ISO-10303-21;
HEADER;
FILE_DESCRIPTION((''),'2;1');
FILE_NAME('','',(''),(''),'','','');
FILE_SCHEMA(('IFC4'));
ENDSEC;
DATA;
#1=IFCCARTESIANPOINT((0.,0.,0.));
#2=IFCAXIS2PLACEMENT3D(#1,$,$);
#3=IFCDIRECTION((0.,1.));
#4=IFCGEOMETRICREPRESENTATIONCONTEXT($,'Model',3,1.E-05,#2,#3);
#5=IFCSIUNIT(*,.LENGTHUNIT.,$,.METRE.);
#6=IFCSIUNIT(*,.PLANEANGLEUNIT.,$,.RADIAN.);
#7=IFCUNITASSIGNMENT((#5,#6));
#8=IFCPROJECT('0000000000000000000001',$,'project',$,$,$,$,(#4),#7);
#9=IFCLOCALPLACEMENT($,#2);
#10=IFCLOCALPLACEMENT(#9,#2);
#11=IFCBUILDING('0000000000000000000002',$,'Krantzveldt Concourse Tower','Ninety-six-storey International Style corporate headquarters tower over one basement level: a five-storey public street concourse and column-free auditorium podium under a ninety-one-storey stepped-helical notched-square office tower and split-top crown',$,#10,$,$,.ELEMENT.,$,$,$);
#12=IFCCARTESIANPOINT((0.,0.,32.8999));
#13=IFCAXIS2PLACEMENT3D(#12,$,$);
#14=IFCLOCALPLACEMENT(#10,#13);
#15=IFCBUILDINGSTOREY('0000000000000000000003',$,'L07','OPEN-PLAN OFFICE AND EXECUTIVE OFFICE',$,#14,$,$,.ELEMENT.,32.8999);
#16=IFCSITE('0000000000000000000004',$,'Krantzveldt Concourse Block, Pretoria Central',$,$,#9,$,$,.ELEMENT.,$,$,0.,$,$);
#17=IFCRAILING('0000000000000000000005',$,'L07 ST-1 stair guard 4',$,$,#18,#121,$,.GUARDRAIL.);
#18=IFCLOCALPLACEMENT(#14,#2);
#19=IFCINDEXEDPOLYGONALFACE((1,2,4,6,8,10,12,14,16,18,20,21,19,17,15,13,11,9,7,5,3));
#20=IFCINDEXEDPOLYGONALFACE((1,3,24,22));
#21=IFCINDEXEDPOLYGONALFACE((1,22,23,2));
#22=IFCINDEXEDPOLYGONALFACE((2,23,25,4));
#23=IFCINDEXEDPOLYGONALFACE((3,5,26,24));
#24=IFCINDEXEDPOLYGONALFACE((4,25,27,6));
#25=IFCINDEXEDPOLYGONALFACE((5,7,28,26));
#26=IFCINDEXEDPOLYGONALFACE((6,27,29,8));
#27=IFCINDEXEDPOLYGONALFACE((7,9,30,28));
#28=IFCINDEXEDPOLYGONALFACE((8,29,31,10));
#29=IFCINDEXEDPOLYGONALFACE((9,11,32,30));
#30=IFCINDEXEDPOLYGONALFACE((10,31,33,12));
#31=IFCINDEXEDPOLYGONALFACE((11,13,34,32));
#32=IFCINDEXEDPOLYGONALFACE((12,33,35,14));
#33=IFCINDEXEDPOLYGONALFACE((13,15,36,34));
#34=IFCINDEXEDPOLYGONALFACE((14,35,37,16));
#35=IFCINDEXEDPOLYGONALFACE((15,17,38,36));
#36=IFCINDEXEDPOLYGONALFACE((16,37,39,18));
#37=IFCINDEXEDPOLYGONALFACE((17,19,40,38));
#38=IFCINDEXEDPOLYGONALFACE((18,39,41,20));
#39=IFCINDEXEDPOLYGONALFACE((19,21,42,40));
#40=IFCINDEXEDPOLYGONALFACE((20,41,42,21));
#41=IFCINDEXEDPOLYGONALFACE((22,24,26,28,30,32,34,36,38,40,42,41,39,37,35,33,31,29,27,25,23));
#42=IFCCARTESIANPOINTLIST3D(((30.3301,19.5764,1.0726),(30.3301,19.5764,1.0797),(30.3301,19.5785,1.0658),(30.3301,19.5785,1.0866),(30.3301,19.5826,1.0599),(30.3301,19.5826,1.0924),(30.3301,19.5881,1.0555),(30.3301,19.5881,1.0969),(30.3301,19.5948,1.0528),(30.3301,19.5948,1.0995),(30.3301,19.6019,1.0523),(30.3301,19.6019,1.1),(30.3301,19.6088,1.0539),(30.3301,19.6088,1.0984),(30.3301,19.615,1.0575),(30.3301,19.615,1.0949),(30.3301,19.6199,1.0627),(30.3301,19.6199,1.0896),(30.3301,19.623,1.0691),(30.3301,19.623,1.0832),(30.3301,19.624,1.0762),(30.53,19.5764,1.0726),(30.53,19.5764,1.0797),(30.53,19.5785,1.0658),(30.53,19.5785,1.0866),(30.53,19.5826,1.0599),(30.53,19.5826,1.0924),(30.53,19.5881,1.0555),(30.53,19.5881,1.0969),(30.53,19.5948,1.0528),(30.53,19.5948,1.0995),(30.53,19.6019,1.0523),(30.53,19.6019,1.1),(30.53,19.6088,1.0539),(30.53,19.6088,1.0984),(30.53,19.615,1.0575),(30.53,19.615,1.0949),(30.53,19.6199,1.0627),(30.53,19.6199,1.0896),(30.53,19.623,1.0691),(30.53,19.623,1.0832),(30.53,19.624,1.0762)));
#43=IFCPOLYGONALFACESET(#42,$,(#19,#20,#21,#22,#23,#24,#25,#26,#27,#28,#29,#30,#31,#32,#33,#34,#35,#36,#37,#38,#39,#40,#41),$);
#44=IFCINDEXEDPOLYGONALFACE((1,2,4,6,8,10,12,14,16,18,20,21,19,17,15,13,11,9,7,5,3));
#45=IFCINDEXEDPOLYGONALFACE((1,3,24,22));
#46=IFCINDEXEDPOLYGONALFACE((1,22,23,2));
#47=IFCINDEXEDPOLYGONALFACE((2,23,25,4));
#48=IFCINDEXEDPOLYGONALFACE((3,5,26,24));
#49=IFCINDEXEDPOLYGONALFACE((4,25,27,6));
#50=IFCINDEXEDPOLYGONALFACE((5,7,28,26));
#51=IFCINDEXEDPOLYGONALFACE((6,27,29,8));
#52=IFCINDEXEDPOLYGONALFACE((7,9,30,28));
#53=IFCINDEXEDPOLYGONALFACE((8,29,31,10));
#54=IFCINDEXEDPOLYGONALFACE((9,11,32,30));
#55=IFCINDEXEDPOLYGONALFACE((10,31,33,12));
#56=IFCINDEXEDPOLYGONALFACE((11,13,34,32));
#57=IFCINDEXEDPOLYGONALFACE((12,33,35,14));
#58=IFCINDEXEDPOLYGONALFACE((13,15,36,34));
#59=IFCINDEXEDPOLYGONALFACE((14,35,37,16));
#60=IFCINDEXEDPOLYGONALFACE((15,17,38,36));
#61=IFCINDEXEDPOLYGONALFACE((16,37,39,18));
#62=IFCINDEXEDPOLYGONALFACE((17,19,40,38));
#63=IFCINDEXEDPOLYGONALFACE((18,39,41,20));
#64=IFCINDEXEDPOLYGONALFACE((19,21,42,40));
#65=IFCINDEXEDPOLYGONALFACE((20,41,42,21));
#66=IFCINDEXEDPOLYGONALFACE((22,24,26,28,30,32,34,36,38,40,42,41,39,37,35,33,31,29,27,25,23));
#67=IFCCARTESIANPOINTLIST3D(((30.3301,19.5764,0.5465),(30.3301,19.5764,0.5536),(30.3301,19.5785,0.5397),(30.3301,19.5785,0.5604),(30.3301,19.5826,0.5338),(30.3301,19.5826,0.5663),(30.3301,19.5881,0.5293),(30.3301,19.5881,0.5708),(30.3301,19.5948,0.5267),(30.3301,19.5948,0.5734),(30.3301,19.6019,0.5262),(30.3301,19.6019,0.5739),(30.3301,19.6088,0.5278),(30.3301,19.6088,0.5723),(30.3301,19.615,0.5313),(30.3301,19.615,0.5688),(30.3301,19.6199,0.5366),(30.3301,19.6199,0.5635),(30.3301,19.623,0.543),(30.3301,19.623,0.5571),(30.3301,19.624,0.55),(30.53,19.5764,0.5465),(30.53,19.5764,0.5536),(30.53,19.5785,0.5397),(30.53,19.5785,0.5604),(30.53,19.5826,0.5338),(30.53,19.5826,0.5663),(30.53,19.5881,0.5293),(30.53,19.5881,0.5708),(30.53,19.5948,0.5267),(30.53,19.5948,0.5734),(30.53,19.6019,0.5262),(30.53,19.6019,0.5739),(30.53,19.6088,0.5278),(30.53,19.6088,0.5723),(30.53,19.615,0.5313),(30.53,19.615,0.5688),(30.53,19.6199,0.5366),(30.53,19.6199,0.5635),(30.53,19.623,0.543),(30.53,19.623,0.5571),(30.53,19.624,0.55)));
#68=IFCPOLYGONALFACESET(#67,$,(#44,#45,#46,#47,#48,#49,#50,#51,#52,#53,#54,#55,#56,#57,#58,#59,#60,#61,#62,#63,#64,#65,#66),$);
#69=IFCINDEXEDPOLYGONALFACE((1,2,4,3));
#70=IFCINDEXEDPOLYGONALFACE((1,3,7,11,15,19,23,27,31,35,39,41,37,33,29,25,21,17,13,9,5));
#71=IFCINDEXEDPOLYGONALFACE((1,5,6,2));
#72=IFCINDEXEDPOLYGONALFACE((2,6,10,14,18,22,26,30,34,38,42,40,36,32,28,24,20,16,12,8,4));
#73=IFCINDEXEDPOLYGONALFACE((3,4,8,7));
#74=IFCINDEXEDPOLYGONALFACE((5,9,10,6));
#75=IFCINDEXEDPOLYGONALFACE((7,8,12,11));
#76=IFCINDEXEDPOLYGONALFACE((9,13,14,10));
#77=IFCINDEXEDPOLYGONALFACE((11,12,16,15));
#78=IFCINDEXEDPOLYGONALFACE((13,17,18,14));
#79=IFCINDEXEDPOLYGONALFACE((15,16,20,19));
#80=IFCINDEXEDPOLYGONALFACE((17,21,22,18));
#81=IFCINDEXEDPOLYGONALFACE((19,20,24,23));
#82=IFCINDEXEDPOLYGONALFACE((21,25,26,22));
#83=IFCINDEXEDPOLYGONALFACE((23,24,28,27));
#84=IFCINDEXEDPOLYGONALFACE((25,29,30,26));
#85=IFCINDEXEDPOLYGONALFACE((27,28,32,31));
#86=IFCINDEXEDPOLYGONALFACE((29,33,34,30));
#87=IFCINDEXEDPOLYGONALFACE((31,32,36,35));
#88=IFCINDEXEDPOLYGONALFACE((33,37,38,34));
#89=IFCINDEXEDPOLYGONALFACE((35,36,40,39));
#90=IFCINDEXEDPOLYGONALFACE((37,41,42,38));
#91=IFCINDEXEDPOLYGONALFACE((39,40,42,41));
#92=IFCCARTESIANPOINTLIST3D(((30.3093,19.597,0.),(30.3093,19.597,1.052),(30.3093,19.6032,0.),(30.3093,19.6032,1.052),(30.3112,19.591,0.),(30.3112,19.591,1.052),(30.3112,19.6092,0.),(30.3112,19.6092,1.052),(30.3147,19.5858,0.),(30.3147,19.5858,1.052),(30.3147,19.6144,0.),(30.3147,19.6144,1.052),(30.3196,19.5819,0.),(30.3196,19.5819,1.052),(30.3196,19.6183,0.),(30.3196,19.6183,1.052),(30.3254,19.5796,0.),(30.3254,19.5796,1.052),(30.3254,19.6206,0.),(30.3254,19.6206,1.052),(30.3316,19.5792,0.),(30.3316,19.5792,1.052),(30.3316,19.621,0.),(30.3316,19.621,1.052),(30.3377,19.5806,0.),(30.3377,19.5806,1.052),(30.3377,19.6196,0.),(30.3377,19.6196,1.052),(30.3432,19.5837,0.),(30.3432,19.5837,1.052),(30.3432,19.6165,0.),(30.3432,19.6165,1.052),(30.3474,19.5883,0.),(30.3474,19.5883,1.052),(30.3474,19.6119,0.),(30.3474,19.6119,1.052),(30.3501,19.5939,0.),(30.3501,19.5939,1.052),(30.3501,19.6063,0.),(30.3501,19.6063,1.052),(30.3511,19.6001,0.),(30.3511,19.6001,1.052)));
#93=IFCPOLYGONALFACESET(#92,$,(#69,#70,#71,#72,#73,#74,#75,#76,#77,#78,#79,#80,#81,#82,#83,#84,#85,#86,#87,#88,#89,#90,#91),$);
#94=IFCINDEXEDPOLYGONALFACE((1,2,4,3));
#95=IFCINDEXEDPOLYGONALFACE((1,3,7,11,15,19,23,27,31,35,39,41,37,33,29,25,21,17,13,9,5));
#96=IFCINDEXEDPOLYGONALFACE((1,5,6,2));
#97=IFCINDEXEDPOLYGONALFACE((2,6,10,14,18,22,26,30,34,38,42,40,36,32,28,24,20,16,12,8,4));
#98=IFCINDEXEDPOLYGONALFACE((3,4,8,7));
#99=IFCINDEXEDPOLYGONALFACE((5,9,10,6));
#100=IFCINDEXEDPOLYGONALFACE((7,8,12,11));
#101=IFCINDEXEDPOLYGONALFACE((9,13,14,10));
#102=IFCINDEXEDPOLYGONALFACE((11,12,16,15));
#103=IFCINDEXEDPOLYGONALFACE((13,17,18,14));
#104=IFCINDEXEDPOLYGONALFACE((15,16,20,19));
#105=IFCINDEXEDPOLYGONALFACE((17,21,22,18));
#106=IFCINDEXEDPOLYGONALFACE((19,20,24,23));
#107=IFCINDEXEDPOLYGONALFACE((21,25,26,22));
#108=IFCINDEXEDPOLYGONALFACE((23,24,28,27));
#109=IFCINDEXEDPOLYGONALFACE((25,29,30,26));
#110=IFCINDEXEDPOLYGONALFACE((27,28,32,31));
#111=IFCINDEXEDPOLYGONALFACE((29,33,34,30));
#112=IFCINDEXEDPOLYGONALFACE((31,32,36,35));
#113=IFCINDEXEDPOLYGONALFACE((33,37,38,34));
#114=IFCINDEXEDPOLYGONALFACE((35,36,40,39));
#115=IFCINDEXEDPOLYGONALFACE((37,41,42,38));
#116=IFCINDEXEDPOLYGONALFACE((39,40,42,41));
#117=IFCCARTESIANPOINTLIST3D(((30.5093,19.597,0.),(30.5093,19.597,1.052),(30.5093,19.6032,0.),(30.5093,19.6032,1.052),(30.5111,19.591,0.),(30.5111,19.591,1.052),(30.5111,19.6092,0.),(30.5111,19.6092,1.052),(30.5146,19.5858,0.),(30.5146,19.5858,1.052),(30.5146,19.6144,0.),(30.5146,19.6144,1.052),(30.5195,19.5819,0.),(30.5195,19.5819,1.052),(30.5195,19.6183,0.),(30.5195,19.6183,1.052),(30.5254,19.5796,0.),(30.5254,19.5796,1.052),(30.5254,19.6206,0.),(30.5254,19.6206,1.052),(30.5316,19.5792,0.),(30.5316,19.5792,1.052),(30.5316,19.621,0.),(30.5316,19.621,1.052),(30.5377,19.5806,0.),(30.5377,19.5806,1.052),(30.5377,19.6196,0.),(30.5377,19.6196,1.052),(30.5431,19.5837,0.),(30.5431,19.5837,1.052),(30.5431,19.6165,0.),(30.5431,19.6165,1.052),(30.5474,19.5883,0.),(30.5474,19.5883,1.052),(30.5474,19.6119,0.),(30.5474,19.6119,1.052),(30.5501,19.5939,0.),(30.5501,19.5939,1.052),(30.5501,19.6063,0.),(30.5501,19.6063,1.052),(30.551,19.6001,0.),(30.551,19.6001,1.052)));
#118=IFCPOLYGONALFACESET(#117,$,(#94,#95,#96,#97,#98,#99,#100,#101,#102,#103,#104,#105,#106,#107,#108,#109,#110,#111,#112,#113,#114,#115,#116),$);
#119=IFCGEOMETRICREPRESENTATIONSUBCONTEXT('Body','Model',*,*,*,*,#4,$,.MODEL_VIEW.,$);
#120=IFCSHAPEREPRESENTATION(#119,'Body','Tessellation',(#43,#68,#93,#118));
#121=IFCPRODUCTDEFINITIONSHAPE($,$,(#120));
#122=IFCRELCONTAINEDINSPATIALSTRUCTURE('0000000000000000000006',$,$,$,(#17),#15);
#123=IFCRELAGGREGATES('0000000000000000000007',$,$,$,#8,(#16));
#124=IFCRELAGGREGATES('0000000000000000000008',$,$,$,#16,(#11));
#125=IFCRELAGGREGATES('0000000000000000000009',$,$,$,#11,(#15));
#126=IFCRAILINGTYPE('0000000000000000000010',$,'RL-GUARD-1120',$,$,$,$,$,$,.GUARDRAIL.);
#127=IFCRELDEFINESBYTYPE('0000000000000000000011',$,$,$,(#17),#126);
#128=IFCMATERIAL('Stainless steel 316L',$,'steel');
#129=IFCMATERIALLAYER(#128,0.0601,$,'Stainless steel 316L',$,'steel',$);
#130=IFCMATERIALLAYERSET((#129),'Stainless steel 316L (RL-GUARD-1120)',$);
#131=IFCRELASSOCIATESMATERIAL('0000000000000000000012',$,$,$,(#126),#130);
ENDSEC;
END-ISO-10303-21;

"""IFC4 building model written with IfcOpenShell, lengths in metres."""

from ifc_helpers import new_model, si_unit, direction, frame, origin, origin_2d, place, context, subcontext, project, spatial, circle, extrude, material, layer, layer_set, type_object, element, save


model = new_model("IFC4")

# Units and contexts
model_context = context("Model", 3, precision=1e-05, world=origin(), true_north=direction((0.0, 1.0)))
body_context = subcontext(model_context, "Body", "Model", "MODEL_VIEW")
ifc_project = project(units=[si_unit("LENGTHUNIT", "METRE"), si_unit("PLANEANGLEUNIT", "RADIAN")], contexts=[model_context])

# Site, building, storey
site_placement = place(None, origin())
site = spatial("IfcSite", under=ifc_project, at=site_placement, Name="Krantzveldt Concourse Block, Pretoria Central", CompositionType="ELEMENT", RefElevation=0.0)
building_placement = place(site_placement, origin())
building = spatial("IfcBuilding", under=site, at=building_placement, Name="Krantzveldt Concourse Tower", Description="Ninety-six-storey International Style corporate headquarters tower over one basement level: a five-storey public street concourse and column-free auditorium podium under a ninety-one-storey stepped-helical notched-square office tower and split-top crown", CompositionType="ELEMENT")
storey_placement = place(building_placement, frame((0.0, 0.0, 32.8999)))
storey = spatial("IfcBuildingStorey", under=building, at=storey_placement, Name="L07", Description="OPEN-PLAN OFFICE AND EXECUTIVE OFFICE", CompositionType="ELEMENT", Elevation=32.8999)

# Railing
ifc_material_1 = material(Name="Stainless steel 316L", Category="steel")
ifc_layer_1 = layer(ifc_material_1, 0.0601, Name="Stainless steel 316L", Category="steel")
ifc_layer_set_1 = layer_set([ifc_layer_1], Name="Stainless steel 316L (RL-GUARD-1120)")
railing_type_1 = type_object("IfcRailingType", Name="RL-GUARD-1120", PredefinedType="GUARDRAIL", material=ifc_layer_set_1)
railing_1_placement = place(storey_placement, frame((30.3301, 19.6001, 0.0)))
element("IfcRailing", 1, at=railing_1_placement, inside=storey, type_object=railing_type_1, Name="L07 ST-1 stair guard 4", PredefinedType="GUARDRAIL", context=body_context, shape_type="SweptSolid", body=[
    extrude(circle(Radius=0.0239, at=origin_2d()), frame((0.0, 0.0, 1.0762), z_axis=(1.0, 0.0, 0.0), x_axis=(0.0, 1.0, 0.0)), (0.0, 0.0, 1.0), 0.2),
    extrude(circle(Radius=0.0239, at=origin_2d()), frame((0.0, 0.0, 0.55), z_axis=(1.0, 0.0, 0.0), x_axis=(0.0, 1.0, 0.0)), (0.0, 0.0, 1.0), 0.2),
    extrude(circle(Radius=0.021, at=origin_2d()), origin(), (0.0, 0.0, 1.0), 1.052),
    extrude(circle(Radius=0.021, at=origin_2d()), frame((0.2, 0.0, 0.0)), (0.0, 0.0, 1.0), 1.052),
])

save(model, "model.ifc")
